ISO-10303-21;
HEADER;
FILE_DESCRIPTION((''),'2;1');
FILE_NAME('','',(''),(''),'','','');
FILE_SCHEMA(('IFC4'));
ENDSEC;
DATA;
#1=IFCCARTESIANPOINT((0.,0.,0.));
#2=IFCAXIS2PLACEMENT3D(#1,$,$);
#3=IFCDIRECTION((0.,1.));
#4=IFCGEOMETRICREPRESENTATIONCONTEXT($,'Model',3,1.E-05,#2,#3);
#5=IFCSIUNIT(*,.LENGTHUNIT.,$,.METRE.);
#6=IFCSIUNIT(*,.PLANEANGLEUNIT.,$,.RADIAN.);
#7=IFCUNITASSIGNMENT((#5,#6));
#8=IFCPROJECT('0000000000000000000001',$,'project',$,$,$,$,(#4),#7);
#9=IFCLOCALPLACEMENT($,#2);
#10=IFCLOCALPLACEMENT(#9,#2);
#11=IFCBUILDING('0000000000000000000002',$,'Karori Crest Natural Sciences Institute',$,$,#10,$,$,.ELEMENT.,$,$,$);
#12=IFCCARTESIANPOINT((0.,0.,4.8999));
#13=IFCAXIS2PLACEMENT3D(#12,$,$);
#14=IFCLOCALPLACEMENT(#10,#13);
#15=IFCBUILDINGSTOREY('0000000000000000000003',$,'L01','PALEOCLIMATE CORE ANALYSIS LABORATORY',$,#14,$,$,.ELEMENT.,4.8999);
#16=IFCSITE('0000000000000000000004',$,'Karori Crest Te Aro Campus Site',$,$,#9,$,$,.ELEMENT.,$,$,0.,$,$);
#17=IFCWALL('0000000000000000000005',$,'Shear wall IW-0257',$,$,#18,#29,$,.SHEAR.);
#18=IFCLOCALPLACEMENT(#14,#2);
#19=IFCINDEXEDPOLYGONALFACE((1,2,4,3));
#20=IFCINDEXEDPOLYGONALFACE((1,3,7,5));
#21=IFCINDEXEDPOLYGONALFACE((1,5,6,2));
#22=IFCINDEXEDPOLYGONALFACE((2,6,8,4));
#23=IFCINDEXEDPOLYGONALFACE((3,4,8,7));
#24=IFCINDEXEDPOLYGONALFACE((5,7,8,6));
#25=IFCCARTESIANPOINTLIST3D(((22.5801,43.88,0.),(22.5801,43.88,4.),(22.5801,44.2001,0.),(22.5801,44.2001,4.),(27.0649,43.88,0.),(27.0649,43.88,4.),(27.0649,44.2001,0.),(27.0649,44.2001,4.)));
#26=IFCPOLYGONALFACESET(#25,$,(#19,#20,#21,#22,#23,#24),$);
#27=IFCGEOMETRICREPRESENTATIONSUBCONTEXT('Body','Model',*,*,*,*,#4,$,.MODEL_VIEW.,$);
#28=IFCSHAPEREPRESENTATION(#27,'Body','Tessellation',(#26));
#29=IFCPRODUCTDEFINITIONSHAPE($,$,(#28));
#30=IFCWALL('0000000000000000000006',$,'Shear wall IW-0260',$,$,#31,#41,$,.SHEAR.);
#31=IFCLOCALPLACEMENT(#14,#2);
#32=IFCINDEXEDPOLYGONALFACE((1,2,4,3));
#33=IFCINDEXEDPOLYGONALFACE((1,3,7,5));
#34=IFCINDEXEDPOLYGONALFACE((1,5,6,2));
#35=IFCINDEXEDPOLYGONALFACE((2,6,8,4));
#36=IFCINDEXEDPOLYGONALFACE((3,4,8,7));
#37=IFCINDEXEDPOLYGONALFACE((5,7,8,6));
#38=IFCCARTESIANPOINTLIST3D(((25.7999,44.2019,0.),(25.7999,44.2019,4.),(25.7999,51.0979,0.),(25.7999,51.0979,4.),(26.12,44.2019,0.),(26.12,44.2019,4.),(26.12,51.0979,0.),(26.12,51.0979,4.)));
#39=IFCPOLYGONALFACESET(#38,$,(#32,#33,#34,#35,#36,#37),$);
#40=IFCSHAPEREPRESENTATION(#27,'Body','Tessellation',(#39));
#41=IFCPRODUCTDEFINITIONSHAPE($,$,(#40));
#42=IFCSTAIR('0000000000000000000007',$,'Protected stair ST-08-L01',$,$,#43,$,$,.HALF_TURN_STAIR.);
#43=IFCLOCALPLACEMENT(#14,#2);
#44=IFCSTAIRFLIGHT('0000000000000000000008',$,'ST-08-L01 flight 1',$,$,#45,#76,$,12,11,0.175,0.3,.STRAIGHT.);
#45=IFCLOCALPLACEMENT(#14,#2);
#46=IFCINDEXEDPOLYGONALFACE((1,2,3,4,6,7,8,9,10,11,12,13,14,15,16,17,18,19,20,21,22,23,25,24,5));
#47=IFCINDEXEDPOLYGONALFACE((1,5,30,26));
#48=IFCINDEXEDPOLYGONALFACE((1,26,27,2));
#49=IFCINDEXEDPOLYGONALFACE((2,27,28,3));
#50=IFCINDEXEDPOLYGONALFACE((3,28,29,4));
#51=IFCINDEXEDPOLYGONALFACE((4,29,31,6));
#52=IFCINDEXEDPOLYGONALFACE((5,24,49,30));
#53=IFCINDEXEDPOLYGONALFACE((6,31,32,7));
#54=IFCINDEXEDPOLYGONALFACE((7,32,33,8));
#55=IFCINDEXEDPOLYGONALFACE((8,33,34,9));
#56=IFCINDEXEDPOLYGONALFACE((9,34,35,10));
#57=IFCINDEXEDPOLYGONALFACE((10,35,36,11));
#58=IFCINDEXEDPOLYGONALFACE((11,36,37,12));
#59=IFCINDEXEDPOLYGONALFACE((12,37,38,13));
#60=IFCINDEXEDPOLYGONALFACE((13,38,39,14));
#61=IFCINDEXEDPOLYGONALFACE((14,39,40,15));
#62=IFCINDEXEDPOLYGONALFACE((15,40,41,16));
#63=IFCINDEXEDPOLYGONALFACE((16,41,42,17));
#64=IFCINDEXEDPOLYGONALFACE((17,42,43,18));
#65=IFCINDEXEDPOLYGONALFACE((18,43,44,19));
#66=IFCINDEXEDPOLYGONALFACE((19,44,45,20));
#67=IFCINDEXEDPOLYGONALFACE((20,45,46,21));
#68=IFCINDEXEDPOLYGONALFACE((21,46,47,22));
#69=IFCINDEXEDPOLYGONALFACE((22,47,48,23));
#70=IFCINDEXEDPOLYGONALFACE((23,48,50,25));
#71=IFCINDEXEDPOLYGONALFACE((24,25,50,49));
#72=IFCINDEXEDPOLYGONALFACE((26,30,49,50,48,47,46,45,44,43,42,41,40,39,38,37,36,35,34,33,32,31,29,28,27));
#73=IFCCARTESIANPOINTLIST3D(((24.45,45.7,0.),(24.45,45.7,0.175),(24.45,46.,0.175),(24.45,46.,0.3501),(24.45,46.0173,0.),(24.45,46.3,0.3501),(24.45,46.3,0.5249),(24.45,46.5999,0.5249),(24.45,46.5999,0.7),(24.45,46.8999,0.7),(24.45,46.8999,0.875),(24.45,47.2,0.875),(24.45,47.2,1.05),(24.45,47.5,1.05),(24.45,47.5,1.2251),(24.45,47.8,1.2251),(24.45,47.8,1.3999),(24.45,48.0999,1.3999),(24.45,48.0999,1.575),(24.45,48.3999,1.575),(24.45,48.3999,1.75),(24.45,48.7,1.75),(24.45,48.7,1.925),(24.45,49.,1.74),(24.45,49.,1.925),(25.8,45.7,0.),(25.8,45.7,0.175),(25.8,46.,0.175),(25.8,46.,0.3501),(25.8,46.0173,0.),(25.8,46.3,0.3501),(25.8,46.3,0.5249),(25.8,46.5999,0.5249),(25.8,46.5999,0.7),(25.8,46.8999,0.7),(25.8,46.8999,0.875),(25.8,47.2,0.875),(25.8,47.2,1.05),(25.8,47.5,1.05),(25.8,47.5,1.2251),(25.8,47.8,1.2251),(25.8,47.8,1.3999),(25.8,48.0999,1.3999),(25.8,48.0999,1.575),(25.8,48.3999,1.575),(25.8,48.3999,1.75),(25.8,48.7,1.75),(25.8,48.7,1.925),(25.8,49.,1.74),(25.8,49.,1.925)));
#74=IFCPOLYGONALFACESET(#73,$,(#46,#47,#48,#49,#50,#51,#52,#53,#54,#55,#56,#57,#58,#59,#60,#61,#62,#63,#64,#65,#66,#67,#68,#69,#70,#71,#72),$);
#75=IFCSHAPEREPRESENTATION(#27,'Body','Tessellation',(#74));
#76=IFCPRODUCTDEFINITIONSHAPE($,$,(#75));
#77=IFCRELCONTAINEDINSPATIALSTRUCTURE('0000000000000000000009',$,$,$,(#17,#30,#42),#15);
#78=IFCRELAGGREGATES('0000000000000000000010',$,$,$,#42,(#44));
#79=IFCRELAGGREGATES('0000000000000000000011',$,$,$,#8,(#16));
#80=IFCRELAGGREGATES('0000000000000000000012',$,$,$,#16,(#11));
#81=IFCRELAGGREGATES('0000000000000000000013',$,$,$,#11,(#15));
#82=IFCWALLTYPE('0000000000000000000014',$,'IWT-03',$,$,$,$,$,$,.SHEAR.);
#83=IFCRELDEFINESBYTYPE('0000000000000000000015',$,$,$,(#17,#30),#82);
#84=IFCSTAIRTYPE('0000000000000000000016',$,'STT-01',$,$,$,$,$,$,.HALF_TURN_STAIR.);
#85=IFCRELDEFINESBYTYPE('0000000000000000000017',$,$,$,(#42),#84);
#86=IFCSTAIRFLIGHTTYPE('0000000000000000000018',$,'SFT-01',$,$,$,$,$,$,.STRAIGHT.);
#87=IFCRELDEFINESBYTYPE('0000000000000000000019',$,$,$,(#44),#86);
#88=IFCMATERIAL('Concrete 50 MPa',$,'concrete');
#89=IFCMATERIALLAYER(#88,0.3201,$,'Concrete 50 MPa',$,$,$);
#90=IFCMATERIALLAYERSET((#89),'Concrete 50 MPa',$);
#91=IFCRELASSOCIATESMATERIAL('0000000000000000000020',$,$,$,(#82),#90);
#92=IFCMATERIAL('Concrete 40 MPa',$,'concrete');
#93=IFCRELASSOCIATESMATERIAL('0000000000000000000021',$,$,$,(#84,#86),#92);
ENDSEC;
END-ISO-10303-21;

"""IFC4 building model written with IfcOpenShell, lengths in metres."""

from ifc_helpers import new_model, si_unit, direction, frame, frame_2d, origin, place, context, subcontext, project, spatial, polyline, rectangle, outline, extrude, material, layer, layer_set, type_object, element, aggregate, save


model = new_model("IFC4")

# Units and contexts
model_context = context("Model", 3, precision=1e-05, world=origin(), true_north=direction((0.0, 1.0)))
body_context = subcontext(model_context, "Body", "Model", "MODEL_VIEW")
ifc_project = project(units=[si_unit("LENGTHUNIT", "METRE"), si_unit("PLANEANGLEUNIT", "RADIAN")], contexts=[model_context])

# Site, building, storey
site_placement = place(None, origin())
site = spatial("IfcSite", under=ifc_project, at=site_placement, Name="Karori Crest Te Aro Campus Site", CompositionType="ELEMENT", RefElevation=0.0)
building_placement = place(site_placement, origin())
building = spatial("IfcBuilding", under=site, at=building_placement, Name="Karori Crest Natural Sciences Institute", CompositionType="ELEMENT")
storey_placement = place(building_placement, frame((0.0, 0.0, 4.8999)))
storey = spatial("IfcBuildingStorey", under=building, at=storey_placement, Name="L01", Description="PALEOCLIMATE CORE ANALYSIS LABORATORY", CompositionType="ELEMENT", Elevation=4.8999)

# Wall
ifc_material_1 = material(Name="Concrete 50 MPa", Category="concrete")
ifc_layer = layer(ifc_material_1, 0.3201, Name="Concrete 50 MPa")
ifc_layer_set = layer_set([ifc_layer], Name="Concrete 50 MPa")
wall_type = type_object("IfcWallType", Name="IWT-03", PredefinedType="SHEAR", material=ifc_layer_set)
wall_1_placement = place(storey_placement, frame((22.5801, 44.04, 0.0), z_axis=(0.0, 0.0, 1.0), x_axis=(1.0, 0.0, 0.0)))
element("IfcWall", 1, at=wall_1_placement, inside=storey, type_object=wall_type, Name="Shear wall IW-0257", PredefinedType="SHEAR", context=body_context, shape_type="SweptSolid", body=[
    extrude(rectangle(XDim=4.4849, YDim=0.3201, at=frame_2d((2.2424, 0.0))), origin(), (0.0, 0.0, 1.0), 4.0),
])

# Wall
wall_2_placement = place(storey_placement, frame((25.96, 44.2019, 0.0), z_axis=(0.0, 0.0, 1.0), x_axis=(0.0, 1.0, 0.0)))
element("IfcWall", 2, at=wall_2_placement, inside=storey, type_object=wall_type, Name="Shear wall IW-0260", PredefinedType="SHEAR", context=body_context, shape_type="SweptSolid", body=[
    extrude(rectangle(XDim=6.896, YDim=0.3201, at=frame_2d((3.448, 0.0))), origin(), (0.0, 0.0, 1.0), 4.0),
])

# Stair, stair flight
ifc_material_2 = material(Name="Concrete 40 MPa", Category="concrete")
stair_type = type_object("IfcStairType", Name="STT-01", PredefinedType="HALF_TURN_STAIR", material=ifc_material_2)
stair_placement = place(storey_placement, origin())
stair = element("IfcStair", 3, at=stair_placement, inside=storey, type_object=stair_type, Name="Protected stair ST-08-L01", PredefinedType="HALF_TURN_STAIR")
stair_flight_type = type_object("IfcStairFlightType", Name="SFT-01", PredefinedType="STRAIGHT", material=ifc_material_2)
stair_flight_placement = place(storey_placement, frame((25.125, 45.7, 0.0), z_axis=(0.0, 0.0, 1.0), x_axis=(0.0, 1.0, 0.0)))
stair_flight = element("IfcStairFlight", 4, at=stair_flight_placement, type_object=stair_flight_type, Name="ST-08-L01 flight 1", NumberOfRisers=12, NumberOfTreads=11, PredefinedType="STRAIGHT", RiserHeight=0.175, TreadLength=0.3, context=body_context, shape_type="SweptSolid", body=[
    extrude(outline(polyline([(0.0, 0.0), (0.0, 0.175), (0.3, 0.175), (0.3, 0.3501), (0.6001, 0.3501), (0.6001, 0.5249), (0.8999, 0.5249), (0.8999, 0.7), (1.2, 0.7), (1.2, 0.875), (1.5, 0.875), (1.5, 1.05), (1.8, 1.05), (1.8, 1.2251), (2.1001, 1.2251), (2.1001, 1.3999), (2.3999, 1.3999), (2.3999, 1.575), (2.7, 1.575), (2.7, 1.75), (3.0, 1.75), (3.0, 1.925), (3.3, 1.925), (3.3, 2.1001), (3.3, 1.74), (0.3174, 0.0), (0.0, 0.0)])), frame((0.0, 0.675, 0.0), z_axis=(0.0, -1.0, 0.0), x_axis=(1.0, 0.0, 0.0)), (0.0, 0.0, 1.0), 1.3501),
])
aggregate(stair, [stair_flight])

save(model, "model.ifc")
